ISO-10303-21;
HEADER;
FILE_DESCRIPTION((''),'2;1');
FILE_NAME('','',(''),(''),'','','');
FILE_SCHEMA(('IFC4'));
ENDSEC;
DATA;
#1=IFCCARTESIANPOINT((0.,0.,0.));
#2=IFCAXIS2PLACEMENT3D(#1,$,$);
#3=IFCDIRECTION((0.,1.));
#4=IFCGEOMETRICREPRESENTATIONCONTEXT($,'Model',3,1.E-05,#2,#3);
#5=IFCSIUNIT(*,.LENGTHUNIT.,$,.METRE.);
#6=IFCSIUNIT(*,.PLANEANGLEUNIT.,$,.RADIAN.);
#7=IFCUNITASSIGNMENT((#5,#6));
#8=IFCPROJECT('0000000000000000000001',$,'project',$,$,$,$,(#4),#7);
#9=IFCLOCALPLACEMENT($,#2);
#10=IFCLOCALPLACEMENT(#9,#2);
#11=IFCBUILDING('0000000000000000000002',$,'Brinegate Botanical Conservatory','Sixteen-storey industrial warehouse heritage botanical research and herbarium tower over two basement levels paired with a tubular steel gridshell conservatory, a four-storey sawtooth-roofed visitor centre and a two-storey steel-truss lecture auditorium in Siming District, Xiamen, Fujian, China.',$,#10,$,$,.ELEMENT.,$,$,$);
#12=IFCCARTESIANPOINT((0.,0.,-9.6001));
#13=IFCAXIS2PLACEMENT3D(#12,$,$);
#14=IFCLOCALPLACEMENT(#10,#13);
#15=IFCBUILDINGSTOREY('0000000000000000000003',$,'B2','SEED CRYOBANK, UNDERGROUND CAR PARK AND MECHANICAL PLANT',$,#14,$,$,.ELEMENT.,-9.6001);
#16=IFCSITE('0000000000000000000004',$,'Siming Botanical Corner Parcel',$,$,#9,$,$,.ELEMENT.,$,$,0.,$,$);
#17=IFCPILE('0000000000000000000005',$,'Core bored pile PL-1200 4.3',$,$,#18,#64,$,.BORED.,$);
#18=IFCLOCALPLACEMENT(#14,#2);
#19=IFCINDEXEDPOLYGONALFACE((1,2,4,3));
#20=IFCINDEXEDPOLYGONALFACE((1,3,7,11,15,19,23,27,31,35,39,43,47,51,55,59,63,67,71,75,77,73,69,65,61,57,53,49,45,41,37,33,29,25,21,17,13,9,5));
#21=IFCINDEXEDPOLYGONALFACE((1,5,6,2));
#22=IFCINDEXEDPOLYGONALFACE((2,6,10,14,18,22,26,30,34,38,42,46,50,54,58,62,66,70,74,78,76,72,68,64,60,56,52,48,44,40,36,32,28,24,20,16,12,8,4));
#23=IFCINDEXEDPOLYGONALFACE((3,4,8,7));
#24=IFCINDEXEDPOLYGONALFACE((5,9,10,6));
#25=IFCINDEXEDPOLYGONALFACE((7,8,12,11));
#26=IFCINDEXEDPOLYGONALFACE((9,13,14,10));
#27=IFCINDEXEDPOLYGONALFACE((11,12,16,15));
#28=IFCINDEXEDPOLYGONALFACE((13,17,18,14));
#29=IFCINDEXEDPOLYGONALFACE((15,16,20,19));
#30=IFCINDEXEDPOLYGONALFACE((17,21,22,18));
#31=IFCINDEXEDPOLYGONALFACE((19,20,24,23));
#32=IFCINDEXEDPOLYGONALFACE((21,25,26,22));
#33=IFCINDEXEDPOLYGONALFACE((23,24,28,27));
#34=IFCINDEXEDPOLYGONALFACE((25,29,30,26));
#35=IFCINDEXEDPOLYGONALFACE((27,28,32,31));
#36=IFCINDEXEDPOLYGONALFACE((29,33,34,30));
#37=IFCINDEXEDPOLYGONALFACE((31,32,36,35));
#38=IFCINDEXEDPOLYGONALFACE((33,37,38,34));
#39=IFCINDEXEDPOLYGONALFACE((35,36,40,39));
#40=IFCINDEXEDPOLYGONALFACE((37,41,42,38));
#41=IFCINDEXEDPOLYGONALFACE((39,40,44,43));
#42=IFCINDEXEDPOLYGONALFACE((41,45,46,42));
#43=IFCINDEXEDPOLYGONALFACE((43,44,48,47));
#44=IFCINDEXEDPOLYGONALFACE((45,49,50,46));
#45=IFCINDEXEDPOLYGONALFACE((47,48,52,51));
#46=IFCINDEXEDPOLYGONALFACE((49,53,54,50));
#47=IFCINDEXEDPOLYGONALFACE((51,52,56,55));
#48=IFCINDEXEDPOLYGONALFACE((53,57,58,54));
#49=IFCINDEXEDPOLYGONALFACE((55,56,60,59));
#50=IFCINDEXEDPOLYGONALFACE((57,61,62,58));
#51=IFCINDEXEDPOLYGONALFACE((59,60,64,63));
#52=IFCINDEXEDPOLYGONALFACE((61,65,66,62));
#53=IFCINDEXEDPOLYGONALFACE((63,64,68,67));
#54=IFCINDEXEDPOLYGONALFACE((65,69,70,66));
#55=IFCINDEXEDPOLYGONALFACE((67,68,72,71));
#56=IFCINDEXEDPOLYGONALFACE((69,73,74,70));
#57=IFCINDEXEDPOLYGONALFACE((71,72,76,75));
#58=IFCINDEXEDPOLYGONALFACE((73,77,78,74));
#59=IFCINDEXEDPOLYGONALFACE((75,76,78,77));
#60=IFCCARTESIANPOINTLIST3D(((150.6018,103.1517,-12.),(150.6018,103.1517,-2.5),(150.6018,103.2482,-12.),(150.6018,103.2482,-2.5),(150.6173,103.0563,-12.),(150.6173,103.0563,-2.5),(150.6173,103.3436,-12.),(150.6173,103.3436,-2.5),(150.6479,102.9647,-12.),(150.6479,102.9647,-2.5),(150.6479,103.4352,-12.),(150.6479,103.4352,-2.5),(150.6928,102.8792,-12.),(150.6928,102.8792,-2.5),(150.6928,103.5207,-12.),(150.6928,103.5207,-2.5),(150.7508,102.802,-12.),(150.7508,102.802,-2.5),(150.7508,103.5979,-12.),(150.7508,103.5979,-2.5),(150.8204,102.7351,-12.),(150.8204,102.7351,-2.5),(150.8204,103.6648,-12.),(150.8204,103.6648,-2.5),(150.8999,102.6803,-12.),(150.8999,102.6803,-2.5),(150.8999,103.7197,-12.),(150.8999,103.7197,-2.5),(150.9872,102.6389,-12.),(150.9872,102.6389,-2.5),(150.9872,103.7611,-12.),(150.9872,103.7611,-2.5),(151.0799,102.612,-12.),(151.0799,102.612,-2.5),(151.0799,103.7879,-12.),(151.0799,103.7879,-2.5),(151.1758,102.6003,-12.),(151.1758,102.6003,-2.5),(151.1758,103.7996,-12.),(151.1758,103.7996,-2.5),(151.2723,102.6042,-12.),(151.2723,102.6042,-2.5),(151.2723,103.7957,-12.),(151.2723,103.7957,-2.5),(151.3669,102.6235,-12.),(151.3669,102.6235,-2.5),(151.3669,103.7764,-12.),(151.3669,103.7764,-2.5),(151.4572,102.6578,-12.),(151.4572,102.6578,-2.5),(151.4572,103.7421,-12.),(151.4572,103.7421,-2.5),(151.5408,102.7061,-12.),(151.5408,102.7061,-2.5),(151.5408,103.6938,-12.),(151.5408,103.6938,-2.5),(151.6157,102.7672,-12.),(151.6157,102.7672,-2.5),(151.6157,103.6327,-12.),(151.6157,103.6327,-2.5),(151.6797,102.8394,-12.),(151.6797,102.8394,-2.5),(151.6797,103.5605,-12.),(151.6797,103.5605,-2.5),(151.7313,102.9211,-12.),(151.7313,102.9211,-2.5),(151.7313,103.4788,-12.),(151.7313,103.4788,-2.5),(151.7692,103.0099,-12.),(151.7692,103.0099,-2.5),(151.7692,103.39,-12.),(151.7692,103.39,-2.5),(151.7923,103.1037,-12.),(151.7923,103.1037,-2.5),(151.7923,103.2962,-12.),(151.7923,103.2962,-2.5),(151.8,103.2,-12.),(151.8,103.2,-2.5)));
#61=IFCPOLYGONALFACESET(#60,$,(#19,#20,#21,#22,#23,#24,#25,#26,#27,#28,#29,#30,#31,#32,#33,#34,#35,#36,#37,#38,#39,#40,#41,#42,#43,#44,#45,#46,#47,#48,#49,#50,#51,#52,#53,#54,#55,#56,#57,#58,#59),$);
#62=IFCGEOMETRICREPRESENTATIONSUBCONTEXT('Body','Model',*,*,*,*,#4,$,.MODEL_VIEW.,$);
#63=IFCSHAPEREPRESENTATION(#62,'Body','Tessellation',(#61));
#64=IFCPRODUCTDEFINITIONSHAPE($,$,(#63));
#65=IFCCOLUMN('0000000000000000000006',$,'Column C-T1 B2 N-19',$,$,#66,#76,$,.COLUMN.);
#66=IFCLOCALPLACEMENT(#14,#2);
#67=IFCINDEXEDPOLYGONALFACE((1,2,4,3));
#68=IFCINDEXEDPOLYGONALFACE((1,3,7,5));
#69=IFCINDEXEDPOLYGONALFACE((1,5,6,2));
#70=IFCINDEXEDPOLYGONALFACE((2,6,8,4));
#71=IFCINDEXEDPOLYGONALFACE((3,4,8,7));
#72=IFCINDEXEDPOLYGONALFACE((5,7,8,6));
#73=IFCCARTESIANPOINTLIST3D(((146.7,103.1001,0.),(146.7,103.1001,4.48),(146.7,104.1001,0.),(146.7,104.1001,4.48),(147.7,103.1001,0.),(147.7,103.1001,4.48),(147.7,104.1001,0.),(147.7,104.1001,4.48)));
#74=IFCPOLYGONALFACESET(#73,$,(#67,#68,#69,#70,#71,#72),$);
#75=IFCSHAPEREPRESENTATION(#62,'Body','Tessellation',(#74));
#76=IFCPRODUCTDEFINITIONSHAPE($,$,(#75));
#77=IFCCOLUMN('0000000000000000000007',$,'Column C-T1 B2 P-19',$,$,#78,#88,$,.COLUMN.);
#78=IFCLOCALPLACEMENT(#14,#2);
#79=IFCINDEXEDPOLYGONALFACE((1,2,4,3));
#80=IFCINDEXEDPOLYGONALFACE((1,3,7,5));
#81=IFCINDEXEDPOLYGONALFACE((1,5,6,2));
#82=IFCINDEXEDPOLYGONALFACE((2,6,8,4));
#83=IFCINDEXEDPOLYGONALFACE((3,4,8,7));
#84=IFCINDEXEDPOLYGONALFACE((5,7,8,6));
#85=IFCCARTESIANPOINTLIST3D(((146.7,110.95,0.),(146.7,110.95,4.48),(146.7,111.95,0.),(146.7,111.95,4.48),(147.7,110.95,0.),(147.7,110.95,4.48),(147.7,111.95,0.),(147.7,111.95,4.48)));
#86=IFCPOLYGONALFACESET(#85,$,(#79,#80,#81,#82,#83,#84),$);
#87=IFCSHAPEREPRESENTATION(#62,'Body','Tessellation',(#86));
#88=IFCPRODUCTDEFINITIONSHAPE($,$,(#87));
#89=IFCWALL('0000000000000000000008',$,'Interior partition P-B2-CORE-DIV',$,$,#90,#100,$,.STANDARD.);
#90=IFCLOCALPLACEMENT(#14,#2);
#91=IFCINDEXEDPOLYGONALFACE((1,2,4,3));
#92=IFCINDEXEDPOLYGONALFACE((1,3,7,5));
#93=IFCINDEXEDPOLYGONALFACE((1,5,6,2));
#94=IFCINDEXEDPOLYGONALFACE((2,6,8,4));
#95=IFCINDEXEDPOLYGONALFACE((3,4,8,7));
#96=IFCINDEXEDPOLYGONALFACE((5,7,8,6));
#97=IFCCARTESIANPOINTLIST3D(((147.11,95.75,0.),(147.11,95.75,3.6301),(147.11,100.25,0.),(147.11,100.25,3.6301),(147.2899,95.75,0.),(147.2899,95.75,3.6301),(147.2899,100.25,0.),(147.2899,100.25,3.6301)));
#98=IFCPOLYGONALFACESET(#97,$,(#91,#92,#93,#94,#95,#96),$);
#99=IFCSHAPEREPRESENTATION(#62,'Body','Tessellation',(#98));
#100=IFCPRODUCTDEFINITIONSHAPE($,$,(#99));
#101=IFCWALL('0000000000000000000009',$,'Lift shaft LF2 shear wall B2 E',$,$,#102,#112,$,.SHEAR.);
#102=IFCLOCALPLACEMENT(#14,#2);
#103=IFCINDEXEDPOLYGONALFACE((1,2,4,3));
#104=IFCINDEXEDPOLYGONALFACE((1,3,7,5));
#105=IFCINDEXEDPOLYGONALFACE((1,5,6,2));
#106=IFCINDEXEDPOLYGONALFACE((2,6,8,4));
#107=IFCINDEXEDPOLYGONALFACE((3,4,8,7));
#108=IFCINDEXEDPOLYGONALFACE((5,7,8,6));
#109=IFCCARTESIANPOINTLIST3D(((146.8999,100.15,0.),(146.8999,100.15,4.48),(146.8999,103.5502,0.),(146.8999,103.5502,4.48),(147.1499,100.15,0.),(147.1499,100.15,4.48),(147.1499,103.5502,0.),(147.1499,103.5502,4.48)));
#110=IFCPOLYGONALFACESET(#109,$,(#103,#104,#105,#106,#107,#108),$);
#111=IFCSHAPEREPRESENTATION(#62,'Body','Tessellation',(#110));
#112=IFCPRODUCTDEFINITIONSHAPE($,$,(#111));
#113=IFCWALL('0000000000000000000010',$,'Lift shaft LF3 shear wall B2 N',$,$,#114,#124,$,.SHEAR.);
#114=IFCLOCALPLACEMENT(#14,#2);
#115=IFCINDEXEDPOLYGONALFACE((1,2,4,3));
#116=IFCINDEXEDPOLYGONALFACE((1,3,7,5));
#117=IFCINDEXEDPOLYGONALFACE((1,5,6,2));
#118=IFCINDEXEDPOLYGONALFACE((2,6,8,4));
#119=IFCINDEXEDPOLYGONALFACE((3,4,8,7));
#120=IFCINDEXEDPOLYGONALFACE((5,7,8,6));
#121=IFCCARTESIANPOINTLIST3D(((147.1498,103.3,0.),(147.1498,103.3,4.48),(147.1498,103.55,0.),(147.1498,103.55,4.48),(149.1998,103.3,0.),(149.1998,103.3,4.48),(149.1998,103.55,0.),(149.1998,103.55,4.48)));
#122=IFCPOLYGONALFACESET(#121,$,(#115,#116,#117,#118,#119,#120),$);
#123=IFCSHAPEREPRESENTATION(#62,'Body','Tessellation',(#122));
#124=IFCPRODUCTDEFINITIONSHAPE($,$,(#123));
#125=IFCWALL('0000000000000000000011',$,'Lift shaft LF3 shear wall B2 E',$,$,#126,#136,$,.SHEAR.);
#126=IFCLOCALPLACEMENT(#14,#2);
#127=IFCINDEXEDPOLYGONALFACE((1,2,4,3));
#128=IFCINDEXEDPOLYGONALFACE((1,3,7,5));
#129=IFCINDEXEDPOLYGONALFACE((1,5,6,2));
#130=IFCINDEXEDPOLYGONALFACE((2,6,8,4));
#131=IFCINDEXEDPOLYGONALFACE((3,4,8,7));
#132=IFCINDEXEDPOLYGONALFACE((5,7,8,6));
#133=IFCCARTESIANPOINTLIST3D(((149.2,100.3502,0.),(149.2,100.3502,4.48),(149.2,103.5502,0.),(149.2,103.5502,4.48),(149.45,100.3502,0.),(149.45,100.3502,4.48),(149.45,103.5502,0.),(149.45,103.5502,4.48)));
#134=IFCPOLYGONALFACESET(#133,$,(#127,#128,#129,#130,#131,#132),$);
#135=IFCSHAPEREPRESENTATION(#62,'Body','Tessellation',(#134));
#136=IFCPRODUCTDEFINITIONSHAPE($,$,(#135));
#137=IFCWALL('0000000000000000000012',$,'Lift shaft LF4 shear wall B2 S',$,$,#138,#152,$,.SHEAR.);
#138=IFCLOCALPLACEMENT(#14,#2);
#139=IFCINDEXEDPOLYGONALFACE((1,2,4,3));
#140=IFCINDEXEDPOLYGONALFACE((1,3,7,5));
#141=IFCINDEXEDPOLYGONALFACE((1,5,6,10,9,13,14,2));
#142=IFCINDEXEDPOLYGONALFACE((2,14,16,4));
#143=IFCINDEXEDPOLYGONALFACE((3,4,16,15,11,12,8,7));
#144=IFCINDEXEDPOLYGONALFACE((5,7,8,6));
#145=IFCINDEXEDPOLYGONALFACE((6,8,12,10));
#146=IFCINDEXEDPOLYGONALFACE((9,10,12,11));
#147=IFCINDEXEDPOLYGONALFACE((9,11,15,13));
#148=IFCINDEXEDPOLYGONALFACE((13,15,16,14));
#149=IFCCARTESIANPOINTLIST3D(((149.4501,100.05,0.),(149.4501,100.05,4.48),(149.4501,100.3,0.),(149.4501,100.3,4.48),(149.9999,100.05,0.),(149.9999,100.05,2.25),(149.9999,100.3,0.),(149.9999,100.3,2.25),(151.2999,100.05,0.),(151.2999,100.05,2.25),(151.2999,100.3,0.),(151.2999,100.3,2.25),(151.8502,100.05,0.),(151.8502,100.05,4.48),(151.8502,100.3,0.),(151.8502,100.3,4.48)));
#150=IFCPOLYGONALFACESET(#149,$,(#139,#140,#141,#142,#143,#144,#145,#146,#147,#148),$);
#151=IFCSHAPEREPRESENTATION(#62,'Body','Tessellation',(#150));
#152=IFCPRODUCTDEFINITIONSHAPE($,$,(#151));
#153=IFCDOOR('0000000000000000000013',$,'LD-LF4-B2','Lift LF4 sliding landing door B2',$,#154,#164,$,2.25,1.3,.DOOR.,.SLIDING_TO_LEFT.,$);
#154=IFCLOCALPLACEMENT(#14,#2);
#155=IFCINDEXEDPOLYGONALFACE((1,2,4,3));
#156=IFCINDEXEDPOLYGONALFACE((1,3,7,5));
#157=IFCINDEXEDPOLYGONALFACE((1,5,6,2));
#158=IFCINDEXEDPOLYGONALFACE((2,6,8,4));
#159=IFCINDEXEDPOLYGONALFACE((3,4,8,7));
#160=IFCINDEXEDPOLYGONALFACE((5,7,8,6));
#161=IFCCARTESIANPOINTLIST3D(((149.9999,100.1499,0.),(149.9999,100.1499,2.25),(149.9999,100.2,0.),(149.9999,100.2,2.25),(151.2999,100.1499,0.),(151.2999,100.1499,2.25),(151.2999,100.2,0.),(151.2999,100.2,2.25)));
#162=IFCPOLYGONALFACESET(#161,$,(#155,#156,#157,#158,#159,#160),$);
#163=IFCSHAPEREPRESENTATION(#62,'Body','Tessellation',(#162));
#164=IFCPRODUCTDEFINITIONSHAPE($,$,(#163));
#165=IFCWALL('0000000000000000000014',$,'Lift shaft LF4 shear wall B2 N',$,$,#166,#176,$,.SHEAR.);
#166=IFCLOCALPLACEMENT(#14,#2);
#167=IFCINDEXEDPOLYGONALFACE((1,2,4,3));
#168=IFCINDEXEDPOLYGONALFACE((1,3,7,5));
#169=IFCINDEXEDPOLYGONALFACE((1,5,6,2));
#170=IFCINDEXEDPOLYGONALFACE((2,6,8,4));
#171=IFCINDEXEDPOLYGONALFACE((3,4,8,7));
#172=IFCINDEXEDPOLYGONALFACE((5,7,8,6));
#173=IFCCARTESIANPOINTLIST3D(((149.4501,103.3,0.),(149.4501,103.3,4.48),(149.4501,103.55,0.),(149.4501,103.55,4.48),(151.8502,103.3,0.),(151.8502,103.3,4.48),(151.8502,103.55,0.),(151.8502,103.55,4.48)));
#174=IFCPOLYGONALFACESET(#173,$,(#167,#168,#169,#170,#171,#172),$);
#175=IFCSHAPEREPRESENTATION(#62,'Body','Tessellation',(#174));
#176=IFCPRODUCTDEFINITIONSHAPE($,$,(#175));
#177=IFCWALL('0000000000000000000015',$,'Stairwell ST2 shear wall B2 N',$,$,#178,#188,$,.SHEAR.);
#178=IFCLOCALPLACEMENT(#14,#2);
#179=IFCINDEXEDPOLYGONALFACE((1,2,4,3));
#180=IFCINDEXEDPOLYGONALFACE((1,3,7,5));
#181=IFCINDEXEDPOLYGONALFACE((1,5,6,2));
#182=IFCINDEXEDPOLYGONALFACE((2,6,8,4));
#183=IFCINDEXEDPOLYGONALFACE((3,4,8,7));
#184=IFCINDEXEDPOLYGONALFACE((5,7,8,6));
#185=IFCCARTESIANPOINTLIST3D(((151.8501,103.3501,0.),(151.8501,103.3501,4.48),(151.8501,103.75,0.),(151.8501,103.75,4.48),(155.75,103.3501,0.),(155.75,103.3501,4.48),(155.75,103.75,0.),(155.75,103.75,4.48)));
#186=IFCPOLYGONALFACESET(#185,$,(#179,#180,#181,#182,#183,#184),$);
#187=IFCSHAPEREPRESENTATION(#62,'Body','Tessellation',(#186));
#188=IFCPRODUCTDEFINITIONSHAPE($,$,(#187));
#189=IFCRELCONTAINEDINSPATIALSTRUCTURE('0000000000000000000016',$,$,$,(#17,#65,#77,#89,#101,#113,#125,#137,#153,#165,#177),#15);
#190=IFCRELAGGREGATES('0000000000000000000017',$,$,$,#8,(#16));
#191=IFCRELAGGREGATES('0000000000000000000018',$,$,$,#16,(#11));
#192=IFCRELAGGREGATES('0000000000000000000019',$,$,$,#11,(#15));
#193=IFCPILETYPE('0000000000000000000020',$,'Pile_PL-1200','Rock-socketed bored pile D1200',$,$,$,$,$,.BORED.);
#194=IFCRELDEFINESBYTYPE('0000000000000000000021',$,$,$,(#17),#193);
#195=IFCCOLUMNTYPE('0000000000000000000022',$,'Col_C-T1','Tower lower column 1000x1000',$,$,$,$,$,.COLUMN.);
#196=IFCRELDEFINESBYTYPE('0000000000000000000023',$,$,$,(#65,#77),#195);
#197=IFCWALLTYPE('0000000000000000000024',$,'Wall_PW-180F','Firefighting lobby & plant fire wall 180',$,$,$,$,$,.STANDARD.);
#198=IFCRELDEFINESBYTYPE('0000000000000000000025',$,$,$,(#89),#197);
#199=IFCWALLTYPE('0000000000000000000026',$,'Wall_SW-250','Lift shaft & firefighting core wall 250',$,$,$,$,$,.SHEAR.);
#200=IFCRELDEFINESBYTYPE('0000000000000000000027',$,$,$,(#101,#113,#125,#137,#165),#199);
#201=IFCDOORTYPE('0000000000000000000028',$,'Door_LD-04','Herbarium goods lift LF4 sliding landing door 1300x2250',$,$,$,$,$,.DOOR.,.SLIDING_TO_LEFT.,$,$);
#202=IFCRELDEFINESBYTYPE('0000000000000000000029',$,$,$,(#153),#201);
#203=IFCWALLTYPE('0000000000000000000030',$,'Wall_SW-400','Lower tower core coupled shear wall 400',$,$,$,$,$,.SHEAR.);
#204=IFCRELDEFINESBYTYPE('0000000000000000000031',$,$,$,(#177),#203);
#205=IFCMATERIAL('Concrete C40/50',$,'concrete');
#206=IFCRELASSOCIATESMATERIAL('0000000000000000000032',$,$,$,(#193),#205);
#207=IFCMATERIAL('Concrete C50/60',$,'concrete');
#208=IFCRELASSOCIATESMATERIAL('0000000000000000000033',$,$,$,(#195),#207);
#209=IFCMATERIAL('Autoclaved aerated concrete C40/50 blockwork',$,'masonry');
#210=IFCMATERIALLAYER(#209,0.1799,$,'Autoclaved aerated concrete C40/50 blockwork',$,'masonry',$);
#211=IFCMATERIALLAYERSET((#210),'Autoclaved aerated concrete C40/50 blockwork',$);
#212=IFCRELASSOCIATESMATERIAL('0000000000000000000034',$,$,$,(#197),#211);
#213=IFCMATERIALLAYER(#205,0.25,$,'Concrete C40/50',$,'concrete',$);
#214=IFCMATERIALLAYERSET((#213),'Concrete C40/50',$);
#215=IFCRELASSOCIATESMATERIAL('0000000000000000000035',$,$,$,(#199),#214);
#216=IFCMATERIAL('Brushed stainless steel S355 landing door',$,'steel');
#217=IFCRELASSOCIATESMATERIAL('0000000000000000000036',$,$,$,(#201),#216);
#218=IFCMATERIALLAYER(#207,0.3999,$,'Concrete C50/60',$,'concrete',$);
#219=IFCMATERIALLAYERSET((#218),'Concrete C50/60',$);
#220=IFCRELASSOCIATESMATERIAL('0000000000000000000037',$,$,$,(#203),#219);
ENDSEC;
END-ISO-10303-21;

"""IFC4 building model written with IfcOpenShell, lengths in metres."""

from ifc_helpers import new_model, si_unit, direction, frame, frame_2d, origin, origin_2d, place, context, subcontext, project, spatial, rectangle, circle, extrude, material, layer, layer_set, material_profile, profile_set, type_object, element, fill, save


model = new_model("IFC4")

# Units and contexts
model_context = context("Model", 3, precision=1e-05, world=origin(), true_north=direction((0.0, 1.0)))
body_context = subcontext(model_context, "Body", "Model", "MODEL_VIEW")
ifc_project = project(units=[si_unit("LENGTHUNIT", "METRE"), si_unit("PLANEANGLEUNIT", "RADIAN")], contexts=[model_context])

# Site, building, storey
site_placement = place(None, origin())
site = spatial("IfcSite", under=ifc_project, at=site_placement, Name="Siming Botanical Corner Parcel", CompositionType="ELEMENT", RefElevation=0.0)
building_placement = place(site_placement, origin())
building = spatial("IfcBuilding", under=site, at=building_placement, Name="Brinegate Botanical Conservatory", Description="Sixteen-storey industrial warehouse heritage botanical research and herbarium tower over two basement levels paired with a tubular steel gridshell conservatory, a four-storey sawtooth-roofed visitor centre and a two-storey steel-truss lecture auditorium in Siming District, Xiamen, Fujian, China.", CompositionType="ELEMENT")
storey_placement = place(building_placement, frame((0.0, 0.0, -9.6001)))
storey = spatial("IfcBuildingStorey", under=building, at=storey_placement, Name="B2", Description="SEED CRYOBANK, UNDERGROUND CAR PARK AND MECHANICAL PLANT", CompositionType="ELEMENT", Elevation=-9.6001)

# Shared definitions
ifc_material_1 = material(Name="Concrete C40/50", Category="concrete")

# Pile
ifc_material_profile_1 = material_profile(ifc_material_1, circle(Radius=0.6001, at=origin_2d()), Name="PILE D1200")
ifc_profile_set_1 = profile_set([ifc_material_profile_1], Name="Concrete C40/50")
pile_type_1 = type_object("IfcPileType", Name="Pile_PL-1200", Description="Rock-socketed bored pile D1200", PredefinedType="BORED", material=ifc_profile_set_1)
for number, where, z_axis, x_axis, name in (
    (1, (151.2, 103.2, -2.5), (0.0, 0.0, -1.0), (1.0, 0.0, 0.0), "Core bored pile PL-1200 4.3"),
):
    element("IfcPile", number, at=place(storey_placement, frame(where, z_axis=z_axis, x_axis=x_axis)), inside=storey, type_object=pile_type_1, Name=name, PredefinedType="BORED", context=body_context, shape_type="SweptSolid", body=[
        extrude(circle(Radius=0.6001, at=origin_2d()), origin(), (0.0, 0.0, 1.0), 9.5),
    ])

# Columns
ifc_material_2 = material(Name="Concrete C50/60", Category="concrete")
ifc_material_profile_2 = material_profile(ifc_material_2, rectangle(XDim=1.0, YDim=1.0, at=origin_2d()), Name="RC COL 1000x1000")
ifc_profile_set_2 = profile_set([ifc_material_profile_2], Name="Concrete C50/60")
column_type = type_object("IfcColumnType", Name="Col_C-T1", Description="Tower lower column 1000x1000", PredefinedType="COLUMN", material=ifc_profile_set_2)
for number, where, z_axis, x_axis, name in (
    (2, (147.2, 103.6001, 0.0), (0.0, 0.0, 1.0), (1.0, 0.0, 0.0), "Column C-T1 B2 N-19"),
    (3, (147.2, 111.45, 0.0), (0.0, 0.0, 1.0), (1.0, 0.0, 0.0), "Column C-T1 B2 P-19"),
):
    element("IfcColumn", number, at=place(storey_placement, frame(where, z_axis=z_axis, x_axis=x_axis)), inside=storey, type_object=column_type, Name=name, PredefinedType="COLUMN", context=body_context, shape_type="SweptSolid", body=[
        extrude(rectangle(XDim=1.0, YDim=1.0, at=origin_2d()), origin(), (0.0, 0.0, 1.0), 4.48),
    ])

# Walls
ifc_material_3 = material(Name="Autoclaved aerated concrete C40/50 blockwork", Category="masonry")
ifc_layer_1 = layer(ifc_material_3, 0.1799, Name="Autoclaved aerated concrete C40/50 blockwork", Category="masonry")
ifc_layer_set_1 = layer_set([ifc_layer_1], Name="Autoclaved aerated concrete C40/50 blockwork")
wall_type_1 = type_object("IfcWallType", Name="Wall_PW-180F", Description="Firefighting lobby & plant fire wall 180", PredefinedType="STANDARD", material=ifc_layer_set_1)
wall_1_placement = place(storey_placement, frame((147.2, 95.75, 0.0), z_axis=(0.0, 0.0, 1.0), x_axis=(0.0, 1.0, 0.0)))
element("IfcWall", 4, at=wall_1_placement, inside=storey, type_object=wall_type_1, Name="Interior partition P-B2-CORE-DIV", PredefinedType="STANDARD", context=body_context, shape_type="SweptSolid", body=[
    extrude(rectangle(XDim=4.5, YDim=0.1799, at=frame_2d((2.25, 0.0))), origin(), (0.0, 0.0, 1.0), 3.6301),
])
ifc_layer_2 = layer(ifc_material_1, 0.25, Name="Concrete C40/50", Category="concrete")
ifc_layer_set_2 = layer_set([ifc_layer_2], Name="Concrete C40/50")
wall_type_2 = type_object("IfcWallType", Name="Wall_SW-250", Description="Lift shaft & firefighting core wall 250", PredefinedType="SHEAR", material=ifc_layer_set_2)
wall_2_placement = place(storey_placement, frame((147.0249, 100.1499, 0.0), z_axis=(0.0, 0.0, 1.0), x_axis=(0.0, 1.0, 0.0)))
element("IfcWall", 5, at=wall_2_placement, inside=storey, type_object=wall_type_2, Name="Lift shaft LF2 shear wall B2 E", PredefinedType="SHEAR", context=body_context, shape_type="SweptSolid", body=[
    extrude(rectangle(XDim=3.4001, YDim=0.25, at=frame_2d((1.7002, 0.0))), origin(), (0.0, 0.0, 1.0), 4.48),
])

# Shared definitions
ifc_material_4 = material(Name="Brushed stainless steel S355 landing door", Category="steel")

# Walls
wall_3_placement = place(storey_placement, frame((147.1499, 103.425, 0.0), z_axis=(0.0, 0.0, 1.0), x_axis=(1.0, 0.0, 0.0)))
element("IfcWall", 6, at=wall_3_placement, inside=storey, type_object=wall_type_2, Name="Lift shaft LF3 shear wall B2 N", PredefinedType="SHEAR", context=body_context, shape_type="SweptSolid", body=[
    extrude(rectangle(XDim=2.05, YDim=0.25, at=frame_2d((1.0249, 0.0))), origin(), (0.0, 0.0, 1.0), 4.48),
])
wall_4_placement = place(storey_placement, frame((149.325, 100.3501, 0.0), z_axis=(0.0, 0.0, 1.0), x_axis=(0.0, 1.0, 0.0)))
element("IfcWall", 7, at=wall_4_placement, inside=storey, type_object=wall_type_2, Name="Lift shaft LF3 shear wall B2 E", PredefinedType="SHEAR", context=body_context, shape_type="SweptSolid", body=[
    extrude(rectangle(XDim=3.2, YDim=0.25, at=frame_2d((1.6001, 0.0))), origin(), (0.0, 0.0, 1.0), 4.48),
])

# Wall, opening, door
wall_5_placement = place(storey_placement, frame((149.45, 100.175, 0.0), z_axis=(0.0, 0.0, 1.0), x_axis=(1.0, 0.0, 0.0)))
wall_5 = element("IfcWall", 8, at=wall_5_placement, inside=storey, type_object=wall_type_2, Name="Lift shaft LF4 shear wall B2 S", PredefinedType="SHEAR", context=body_context, shape_type="SweptSolid", body=[
    extrude(rectangle(XDim=2.4001, YDim=0.25, at=frame_2d((1.2002, 0.0))), origin(), (0.0, 0.0, 1.0), 4.48),
])
opening_1_placement = place(wall_5_placement, frame((0.55, 0.0, 0.0)))
opening_1 = element("IfcOpeningElement", 9, at=opening_1_placement, cuts=wall_5, PredefinedType="OPENING", context=body_context, shape_type="SweptSolid", body=[
    extrude(rectangle(XDim=1.3, YDim=2.25, at=frame_2d((0.6499, 1.125))), frame((0.0, 0.135, 0.0), z_axis=(0.0, -1.0, 0.0), x_axis=(1.0, 0.0, 0.0)), (0.0, 0.0, 1.0), 0.27),
])
door_type_1 = type_object("IfcDoorType", Name="Door_LD-04", Description="Herbarium goods lift LF4 sliding landing door 1300x2250", OperationType="SLIDING_TO_LEFT", PredefinedType="DOOR", material=ifc_material_4)
door_1_placement = place(opening_1_placement, origin())
door_1 = element("IfcDoor", 10, at=door_1_placement, inside=storey, type_object=door_type_1, Name="LD-LF4-B2", Description="Lift LF4 sliding landing door B2", OperationType="SLIDING_TO_LEFT", OverallHeight=2.25, OverallWidth=1.3, PredefinedType="DOOR", context=body_context, shape_type="SweptSolid", body=[
    extrude(rectangle(XDim=1.3, YDim=2.25, at=frame_2d((0.6499, 1.125))), frame((0.0, 0.0249, 0.0), z_axis=(0.0, -1.0, 0.0), x_axis=(1.0, 0.0, 0.0)), (0.0, 0.0, 1.0), 0.05),
])
fill(opening_1, door_1)

# Walls
wall_6_placement = place(storey_placement, frame((149.45, 103.425, 0.0), z_axis=(0.0, 0.0, 1.0), x_axis=(1.0, 0.0, 0.0)))
element("IfcWall", 11, at=wall_6_placement, inside=storey, type_object=wall_type_2, Name="Lift shaft LF4 shear wall B2 N", PredefinedType="SHEAR", context=body_context, shape_type="SweptSolid", body=[
    extrude(rectangle(XDim=2.4001, YDim=0.25, at=frame_2d((1.2002, 0.0))), origin(), (0.0, 0.0, 1.0), 4.48),
])
ifc_layer_3 = layer(ifc_material_2, 0.3999, Name="Concrete C50/60", Category="concrete")
ifc_layer_set_3 = layer_set([ifc_layer_3], Name="Concrete C50/60")
wall_type_3 = type_object("IfcWallType", Name="Wall_SW-400", Description="Lower tower core coupled shear wall 400", PredefinedType="SHEAR", material=ifc_layer_set_3)
wall_7_placement = place(storey_placement, frame((151.8501, 103.55, 0.0), z_axis=(0.0, 0.0, 1.0), x_axis=(1.0, 0.0, 0.0)))
element("IfcWall", 12, at=wall_7_placement, inside=storey, type_object=wall_type_3, Name="Stairwell ST2 shear wall B2 N", PredefinedType="SHEAR", context=body_context, shape_type="SweptSolid", body=[
    extrude(rectangle(XDim=3.8999, YDim=0.3999, at=frame_2d((1.95, 0.0))), origin(), (0.0, 0.0, 1.0), 4.48),
])

save(model, "model.ifc")
